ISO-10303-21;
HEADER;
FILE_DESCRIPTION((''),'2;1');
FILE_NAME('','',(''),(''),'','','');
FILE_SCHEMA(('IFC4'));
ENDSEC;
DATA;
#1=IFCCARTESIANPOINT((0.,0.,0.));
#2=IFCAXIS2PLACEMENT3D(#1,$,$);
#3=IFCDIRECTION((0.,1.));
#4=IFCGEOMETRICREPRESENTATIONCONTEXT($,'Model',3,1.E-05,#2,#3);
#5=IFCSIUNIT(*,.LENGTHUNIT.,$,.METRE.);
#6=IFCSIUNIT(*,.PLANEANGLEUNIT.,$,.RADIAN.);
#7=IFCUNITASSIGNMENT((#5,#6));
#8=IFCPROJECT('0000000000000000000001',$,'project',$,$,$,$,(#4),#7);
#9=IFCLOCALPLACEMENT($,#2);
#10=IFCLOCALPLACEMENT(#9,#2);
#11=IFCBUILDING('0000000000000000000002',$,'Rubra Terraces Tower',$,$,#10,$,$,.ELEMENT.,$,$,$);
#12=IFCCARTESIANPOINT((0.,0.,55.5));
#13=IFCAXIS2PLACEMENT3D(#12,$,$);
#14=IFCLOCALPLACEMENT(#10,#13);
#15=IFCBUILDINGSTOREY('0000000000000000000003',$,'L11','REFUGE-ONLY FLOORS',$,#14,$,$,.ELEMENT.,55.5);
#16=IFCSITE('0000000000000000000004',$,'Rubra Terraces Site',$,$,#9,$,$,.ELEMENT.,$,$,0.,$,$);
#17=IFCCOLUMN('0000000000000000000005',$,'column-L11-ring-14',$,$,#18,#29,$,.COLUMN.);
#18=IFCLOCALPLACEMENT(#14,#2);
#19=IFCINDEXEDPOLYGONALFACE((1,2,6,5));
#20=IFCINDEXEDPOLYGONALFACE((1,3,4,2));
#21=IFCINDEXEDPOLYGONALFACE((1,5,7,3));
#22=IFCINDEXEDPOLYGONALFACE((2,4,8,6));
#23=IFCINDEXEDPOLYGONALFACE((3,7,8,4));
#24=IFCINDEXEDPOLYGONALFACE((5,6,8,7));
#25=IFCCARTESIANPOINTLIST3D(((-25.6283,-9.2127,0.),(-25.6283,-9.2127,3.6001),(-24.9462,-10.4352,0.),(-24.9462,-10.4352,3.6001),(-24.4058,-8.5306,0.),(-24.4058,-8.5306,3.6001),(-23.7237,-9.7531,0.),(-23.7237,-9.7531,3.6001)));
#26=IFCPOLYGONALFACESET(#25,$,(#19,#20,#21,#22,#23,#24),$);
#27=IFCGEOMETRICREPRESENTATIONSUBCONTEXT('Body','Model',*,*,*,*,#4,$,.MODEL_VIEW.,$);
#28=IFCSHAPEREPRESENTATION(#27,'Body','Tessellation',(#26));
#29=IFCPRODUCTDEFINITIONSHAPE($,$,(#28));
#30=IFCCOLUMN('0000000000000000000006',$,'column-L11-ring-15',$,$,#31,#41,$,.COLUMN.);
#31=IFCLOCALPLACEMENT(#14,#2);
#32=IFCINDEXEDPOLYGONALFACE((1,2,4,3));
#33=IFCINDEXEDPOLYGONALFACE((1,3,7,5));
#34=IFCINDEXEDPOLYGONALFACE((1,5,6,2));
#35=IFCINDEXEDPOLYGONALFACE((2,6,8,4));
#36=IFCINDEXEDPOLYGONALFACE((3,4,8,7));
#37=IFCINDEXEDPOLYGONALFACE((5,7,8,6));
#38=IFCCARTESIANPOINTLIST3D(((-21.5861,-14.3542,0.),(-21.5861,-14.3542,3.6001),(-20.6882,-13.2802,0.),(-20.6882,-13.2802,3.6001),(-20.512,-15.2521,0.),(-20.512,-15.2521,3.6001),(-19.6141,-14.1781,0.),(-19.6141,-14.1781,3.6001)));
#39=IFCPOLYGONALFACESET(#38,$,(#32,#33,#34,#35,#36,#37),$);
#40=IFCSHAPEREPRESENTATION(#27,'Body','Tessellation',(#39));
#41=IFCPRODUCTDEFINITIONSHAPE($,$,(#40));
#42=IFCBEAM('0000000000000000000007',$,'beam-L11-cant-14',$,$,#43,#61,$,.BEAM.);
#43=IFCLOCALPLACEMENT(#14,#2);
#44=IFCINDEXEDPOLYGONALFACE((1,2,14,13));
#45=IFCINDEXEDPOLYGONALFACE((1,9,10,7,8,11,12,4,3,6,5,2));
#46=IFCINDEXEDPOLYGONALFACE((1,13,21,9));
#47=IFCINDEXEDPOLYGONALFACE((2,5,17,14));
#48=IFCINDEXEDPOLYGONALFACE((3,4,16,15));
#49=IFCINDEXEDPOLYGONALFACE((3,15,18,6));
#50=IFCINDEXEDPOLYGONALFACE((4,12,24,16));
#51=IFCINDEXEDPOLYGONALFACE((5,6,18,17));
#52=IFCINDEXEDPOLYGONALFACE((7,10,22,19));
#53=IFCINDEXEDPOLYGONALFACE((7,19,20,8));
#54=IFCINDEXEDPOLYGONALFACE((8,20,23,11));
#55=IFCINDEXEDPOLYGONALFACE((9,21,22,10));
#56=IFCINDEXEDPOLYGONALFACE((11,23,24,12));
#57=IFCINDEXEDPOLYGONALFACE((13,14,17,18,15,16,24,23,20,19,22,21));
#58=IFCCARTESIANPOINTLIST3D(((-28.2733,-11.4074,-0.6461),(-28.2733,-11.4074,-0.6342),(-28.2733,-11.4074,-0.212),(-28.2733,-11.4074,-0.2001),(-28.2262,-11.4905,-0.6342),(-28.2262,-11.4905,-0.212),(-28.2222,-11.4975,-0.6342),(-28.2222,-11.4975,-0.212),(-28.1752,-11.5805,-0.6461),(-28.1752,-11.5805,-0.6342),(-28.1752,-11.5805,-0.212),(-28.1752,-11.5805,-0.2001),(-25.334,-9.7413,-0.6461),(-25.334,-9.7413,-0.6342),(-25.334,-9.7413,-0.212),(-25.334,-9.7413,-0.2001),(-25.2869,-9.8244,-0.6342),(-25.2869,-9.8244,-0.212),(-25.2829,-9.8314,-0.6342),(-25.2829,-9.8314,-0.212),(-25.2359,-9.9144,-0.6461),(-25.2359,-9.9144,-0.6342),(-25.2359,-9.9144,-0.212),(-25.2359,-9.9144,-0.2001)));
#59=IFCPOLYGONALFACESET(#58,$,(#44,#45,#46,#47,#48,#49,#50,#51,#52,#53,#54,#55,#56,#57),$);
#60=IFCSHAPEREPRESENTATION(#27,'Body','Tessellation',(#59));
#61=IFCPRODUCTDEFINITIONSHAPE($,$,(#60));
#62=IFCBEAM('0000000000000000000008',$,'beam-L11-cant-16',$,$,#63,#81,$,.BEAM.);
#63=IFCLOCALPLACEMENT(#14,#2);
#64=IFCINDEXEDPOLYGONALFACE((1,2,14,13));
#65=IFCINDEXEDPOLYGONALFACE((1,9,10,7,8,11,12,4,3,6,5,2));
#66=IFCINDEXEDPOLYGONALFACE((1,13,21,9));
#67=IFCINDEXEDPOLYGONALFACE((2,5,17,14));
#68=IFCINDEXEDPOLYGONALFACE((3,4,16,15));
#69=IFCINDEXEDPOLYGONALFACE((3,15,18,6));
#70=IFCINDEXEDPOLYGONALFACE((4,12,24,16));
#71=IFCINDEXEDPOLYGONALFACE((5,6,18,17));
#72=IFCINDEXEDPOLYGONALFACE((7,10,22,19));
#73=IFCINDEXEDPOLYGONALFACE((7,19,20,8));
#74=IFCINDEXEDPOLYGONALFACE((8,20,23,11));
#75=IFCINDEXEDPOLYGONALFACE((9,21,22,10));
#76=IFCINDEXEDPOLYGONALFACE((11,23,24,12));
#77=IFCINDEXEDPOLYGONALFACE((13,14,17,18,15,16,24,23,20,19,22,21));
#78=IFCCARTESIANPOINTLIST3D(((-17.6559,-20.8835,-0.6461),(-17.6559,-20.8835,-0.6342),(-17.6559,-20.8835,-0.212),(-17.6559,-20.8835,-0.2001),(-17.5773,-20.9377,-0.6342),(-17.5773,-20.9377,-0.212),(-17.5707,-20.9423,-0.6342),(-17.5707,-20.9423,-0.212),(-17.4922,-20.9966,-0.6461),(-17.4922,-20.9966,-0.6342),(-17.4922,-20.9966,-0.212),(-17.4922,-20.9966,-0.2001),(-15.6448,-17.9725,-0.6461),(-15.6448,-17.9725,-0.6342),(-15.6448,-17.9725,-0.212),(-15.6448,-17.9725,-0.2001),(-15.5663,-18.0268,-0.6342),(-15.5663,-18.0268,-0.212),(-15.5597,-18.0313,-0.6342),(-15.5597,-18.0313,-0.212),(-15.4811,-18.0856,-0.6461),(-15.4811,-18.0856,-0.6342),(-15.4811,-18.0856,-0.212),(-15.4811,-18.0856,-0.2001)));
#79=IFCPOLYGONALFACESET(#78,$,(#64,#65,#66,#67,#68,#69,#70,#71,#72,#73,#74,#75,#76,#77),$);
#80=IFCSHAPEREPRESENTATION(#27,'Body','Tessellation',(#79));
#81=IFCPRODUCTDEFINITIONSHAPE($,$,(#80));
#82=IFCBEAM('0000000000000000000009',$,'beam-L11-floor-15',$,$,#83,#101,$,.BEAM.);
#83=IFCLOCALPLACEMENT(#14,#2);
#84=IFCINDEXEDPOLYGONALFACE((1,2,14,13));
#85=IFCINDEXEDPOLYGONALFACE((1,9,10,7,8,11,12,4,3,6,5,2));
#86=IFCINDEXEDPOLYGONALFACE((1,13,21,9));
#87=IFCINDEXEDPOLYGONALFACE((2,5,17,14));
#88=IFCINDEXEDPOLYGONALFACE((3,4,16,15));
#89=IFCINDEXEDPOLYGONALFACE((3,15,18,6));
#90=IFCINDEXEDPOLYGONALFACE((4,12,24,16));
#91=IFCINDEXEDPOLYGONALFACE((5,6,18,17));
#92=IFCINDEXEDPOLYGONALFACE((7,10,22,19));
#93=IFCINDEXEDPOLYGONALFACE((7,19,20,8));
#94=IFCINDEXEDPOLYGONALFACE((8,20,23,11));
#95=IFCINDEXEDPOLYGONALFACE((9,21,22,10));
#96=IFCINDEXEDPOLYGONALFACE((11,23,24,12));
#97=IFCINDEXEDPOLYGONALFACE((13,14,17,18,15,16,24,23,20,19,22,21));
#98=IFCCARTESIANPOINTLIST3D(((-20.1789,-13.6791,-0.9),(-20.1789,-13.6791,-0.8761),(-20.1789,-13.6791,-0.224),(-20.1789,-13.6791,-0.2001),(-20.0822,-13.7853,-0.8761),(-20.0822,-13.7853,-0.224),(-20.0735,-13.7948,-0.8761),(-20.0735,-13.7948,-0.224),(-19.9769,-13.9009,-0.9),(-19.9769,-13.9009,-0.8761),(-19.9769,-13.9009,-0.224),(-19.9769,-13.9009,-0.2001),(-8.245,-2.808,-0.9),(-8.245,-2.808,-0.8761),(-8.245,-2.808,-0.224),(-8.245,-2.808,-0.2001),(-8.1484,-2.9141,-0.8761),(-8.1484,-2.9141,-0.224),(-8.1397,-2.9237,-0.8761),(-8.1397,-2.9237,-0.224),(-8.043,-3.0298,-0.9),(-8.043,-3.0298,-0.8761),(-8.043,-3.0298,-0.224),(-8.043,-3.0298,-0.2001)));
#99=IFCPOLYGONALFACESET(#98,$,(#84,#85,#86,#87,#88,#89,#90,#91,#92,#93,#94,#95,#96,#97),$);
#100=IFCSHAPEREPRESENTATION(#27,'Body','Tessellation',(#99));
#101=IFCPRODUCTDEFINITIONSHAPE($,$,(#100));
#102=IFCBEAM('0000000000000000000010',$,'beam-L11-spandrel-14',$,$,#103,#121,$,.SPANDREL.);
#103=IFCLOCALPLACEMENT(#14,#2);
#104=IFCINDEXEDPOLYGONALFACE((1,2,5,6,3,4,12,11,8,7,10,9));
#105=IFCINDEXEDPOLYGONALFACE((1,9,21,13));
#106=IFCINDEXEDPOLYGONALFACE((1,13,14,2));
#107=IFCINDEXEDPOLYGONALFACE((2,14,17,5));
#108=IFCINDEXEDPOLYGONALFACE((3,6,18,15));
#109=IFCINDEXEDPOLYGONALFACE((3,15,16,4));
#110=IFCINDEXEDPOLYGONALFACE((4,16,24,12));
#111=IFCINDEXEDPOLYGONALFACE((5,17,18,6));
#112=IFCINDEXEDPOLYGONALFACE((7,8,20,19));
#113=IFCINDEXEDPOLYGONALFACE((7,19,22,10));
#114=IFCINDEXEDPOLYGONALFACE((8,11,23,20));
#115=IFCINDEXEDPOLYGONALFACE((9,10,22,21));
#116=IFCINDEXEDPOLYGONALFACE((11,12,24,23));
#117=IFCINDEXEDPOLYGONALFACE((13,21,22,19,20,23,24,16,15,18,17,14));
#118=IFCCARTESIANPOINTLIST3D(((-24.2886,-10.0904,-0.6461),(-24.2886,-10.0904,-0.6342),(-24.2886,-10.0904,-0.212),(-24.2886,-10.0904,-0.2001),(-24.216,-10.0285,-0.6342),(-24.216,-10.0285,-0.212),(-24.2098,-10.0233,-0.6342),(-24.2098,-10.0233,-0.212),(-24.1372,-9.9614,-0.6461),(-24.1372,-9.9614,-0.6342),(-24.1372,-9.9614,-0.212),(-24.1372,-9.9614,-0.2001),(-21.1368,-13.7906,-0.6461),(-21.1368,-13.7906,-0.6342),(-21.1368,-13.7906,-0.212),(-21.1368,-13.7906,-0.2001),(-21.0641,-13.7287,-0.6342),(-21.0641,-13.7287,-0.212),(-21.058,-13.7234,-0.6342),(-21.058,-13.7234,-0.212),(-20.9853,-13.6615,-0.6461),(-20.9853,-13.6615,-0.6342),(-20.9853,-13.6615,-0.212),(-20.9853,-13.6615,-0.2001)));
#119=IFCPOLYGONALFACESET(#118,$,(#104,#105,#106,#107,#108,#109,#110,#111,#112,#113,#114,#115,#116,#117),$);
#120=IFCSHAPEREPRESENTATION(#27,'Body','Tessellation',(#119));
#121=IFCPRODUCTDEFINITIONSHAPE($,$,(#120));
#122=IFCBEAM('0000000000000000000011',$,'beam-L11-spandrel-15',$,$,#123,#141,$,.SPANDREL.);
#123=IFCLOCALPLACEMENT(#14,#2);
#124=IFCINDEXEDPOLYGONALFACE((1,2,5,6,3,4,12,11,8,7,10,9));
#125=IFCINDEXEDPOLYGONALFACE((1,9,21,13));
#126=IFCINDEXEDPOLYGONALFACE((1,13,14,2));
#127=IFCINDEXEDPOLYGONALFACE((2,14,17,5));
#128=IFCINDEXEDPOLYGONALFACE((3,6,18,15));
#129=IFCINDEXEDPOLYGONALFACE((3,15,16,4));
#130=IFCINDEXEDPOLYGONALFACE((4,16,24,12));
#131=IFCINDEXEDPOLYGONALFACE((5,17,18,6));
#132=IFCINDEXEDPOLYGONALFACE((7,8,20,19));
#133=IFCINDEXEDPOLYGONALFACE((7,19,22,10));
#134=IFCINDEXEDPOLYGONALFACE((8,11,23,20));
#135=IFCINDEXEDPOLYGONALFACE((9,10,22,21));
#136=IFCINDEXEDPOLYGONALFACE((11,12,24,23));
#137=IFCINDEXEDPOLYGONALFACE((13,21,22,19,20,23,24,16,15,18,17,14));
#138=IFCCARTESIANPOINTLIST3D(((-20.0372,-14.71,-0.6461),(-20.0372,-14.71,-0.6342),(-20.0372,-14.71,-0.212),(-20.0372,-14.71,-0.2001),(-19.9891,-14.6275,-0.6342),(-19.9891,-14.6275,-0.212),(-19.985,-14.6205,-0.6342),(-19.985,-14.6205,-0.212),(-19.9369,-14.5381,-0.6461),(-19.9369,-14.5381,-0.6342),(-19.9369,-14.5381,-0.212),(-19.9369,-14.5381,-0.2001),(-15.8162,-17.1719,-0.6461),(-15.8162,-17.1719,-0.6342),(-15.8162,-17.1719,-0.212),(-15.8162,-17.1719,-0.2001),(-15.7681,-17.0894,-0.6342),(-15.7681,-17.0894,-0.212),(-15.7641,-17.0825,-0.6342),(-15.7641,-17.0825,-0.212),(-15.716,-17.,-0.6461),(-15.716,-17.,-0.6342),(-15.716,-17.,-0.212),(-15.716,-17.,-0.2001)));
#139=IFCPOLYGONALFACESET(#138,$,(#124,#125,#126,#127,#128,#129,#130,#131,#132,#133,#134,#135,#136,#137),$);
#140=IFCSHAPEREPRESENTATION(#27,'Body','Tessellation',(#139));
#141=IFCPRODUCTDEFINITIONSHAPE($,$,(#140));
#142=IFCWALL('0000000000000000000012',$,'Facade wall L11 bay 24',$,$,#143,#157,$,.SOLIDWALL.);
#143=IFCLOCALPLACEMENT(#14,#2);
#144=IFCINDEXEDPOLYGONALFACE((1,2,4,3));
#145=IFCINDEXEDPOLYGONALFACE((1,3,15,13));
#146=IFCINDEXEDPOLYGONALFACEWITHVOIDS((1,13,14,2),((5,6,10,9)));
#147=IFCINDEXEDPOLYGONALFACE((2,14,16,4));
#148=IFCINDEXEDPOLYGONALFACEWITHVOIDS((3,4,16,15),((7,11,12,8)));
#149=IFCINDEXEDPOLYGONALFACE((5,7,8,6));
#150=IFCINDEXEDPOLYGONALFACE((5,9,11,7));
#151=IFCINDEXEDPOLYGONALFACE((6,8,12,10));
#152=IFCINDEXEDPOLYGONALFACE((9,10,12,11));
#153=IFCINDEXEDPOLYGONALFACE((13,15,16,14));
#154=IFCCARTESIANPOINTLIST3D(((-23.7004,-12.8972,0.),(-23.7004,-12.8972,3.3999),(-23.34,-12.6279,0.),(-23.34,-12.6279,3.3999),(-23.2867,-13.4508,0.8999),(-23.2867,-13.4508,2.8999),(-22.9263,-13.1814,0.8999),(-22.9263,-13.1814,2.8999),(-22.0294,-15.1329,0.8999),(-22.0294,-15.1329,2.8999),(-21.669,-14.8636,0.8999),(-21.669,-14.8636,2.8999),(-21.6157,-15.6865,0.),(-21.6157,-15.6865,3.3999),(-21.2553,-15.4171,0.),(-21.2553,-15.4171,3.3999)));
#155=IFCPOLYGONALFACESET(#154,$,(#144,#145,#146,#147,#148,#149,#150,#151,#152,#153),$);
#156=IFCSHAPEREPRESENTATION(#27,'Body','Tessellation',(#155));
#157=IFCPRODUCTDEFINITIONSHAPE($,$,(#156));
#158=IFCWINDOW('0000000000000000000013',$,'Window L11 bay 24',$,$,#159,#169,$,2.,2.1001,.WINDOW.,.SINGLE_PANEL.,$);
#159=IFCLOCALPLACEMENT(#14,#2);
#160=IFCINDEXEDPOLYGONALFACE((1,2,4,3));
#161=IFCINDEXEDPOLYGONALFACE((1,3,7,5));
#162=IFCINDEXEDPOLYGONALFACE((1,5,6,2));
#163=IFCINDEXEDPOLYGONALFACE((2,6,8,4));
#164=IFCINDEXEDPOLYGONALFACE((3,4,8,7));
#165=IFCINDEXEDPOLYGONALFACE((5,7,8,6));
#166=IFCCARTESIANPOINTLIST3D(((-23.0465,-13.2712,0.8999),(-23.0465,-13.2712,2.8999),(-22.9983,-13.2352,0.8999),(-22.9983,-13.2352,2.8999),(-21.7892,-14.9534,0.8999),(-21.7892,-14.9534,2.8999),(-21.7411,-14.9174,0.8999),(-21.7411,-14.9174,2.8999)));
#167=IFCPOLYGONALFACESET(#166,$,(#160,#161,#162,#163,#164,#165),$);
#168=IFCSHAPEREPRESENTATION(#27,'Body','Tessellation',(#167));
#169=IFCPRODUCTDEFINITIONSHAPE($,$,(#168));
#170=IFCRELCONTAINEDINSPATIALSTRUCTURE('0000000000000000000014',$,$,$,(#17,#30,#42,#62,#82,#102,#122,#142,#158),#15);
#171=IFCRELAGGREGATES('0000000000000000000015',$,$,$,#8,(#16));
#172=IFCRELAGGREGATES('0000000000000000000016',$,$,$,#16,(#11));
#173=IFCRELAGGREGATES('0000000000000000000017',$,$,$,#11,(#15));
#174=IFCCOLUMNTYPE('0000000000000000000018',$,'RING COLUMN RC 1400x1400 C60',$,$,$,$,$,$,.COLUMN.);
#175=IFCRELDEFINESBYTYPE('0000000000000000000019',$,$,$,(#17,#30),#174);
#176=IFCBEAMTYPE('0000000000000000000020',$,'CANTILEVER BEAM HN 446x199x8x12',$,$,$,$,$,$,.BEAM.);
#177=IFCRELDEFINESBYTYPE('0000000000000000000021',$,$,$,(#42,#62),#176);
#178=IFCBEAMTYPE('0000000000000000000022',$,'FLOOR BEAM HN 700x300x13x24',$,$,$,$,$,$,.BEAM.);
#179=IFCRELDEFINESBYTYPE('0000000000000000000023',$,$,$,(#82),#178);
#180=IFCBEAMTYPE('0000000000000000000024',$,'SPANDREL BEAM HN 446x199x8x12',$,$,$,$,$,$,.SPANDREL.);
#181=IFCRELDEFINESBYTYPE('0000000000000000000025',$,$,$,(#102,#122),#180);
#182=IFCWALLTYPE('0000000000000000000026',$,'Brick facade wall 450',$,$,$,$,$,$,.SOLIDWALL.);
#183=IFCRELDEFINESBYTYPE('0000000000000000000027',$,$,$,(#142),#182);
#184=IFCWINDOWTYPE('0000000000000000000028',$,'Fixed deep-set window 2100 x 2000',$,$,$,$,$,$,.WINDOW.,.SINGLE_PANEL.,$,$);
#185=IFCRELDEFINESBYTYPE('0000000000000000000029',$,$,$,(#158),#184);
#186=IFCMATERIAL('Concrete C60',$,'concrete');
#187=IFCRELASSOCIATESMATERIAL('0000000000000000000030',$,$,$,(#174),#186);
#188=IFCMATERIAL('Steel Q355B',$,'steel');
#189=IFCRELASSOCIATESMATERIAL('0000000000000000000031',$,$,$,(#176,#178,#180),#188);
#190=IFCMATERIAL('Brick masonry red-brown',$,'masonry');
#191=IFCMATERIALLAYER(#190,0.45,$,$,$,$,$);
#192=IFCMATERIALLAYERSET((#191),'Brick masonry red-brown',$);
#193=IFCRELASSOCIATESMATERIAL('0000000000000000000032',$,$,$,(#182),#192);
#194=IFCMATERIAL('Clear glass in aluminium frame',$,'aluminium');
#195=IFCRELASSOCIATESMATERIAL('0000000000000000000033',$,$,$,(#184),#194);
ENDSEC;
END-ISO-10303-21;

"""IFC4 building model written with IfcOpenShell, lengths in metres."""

from ifc_helpers import new_model, si_unit, direction, frame, frame_2d, origin, origin_2d, place, context, subcontext, project, spatial, rectangle, i_section, extrude, material, layer, layer_set, material_profile, profile_set, type_object, element, fill, save


model = new_model("IFC4")

# Units and contexts
model_context = context("Model", 3, precision=1e-05, world=origin(), true_north=direction((0.0, 1.0)))
body_context = subcontext(model_context, "Body", "Model", "MODEL_VIEW")
ifc_project = project(units=[si_unit("LENGTHUNIT", "METRE"), si_unit("PLANEANGLEUNIT", "RADIAN")], contexts=[model_context])

# Site, building, storey
site_placement = place(None, origin())
site = spatial("IfcSite", under=ifc_project, at=site_placement, Name="Rubra Terraces Site", CompositionType="ELEMENT", RefElevation=0.0)
building_placement = place(site_placement, origin())
building = spatial("IfcBuilding", under=site, at=building_placement, Name="Rubra Terraces Tower", CompositionType="ELEMENT")
storey_placement = place(building_placement, frame((0.0, 0.0, 55.5)))
storey = spatial("IfcBuildingStorey", under=building, at=storey_placement, Name="L11", Description="REFUGE-ONLY FLOORS", CompositionType="ELEMENT", Elevation=55.5)

# Columns
ifc_material_1 = material(Name="Concrete C60", Category="concrete")
ifc_material_profile_1 = material_profile(ifc_material_1, rectangle(XDim=1.3999, YDim=1.3999, at=origin_2d()), Name="RC 1400x1400")
ifc_profile_set_1 = profile_set([ifc_material_profile_1], Name="Concrete C60")
column_type = type_object("IfcColumnType", Name="RING COLUMN RC 1400x1400 C60", PredefinedType="COLUMN", material=ifc_profile_set_1)
for number, where, z_axis, x_axis, name in (
    (1, (-24.676, -9.4829, 0.0), (0.0, 0.0, 1.0), (0.487227, -0.873276, 0.0), "column-L11-ring-14"),
    (2, (-20.6001, -14.2661, 0.0), (0.0, 0.0, 1.0), (0.76721, -0.641397, 0.0), "column-L11-ring-15"),
):
    element("IfcColumn", number, at=place(storey_placement, frame(where, z_axis=z_axis, x_axis=x_axis)), inside=storey, type_object=column_type, Name=name, PredefinedType="COLUMN", context=body_context, shape_type="SweptSolid", body=[
        extrude(rectangle(XDim=1.3999, YDim=1.3999, at=origin_2d()), origin(), (0.0, 0.0, 1.0), 3.6001),
    ])

# Beams
ifc_material_2 = material(Name="Steel Q355B", Category="steel")
ifc_material_profile_2 = material_profile(ifc_material_2, i_section(OverallWidth=0.199, OverallDepth=0.446, WebThickness=0.0081, FlangeThickness=0.012, at=origin_2d()), Name="HN 446x199x8x12")
ifc_profile_set_2 = profile_set([ifc_material_profile_2], Name="Steel Q355B")
beam_type_1 = type_object("IfcBeamType", Name="CANTILEVER BEAM HN 446x199x8x12", PredefinedType="BEAM", material=ifc_profile_set_2)
beam_1_placement = place(storey_placement, frame((-25.2849, -9.8279, -0.4231), z_axis=(-0.869963, -0.493116, 0.0), x_axis=(0.493116, -0.869963, 0.0)))
element("IfcBeam", 3, at=beam_1_placement, inside=storey, type_object=beam_type_1, Name="beam-L11-cant-14", PredefinedType="BEAM", context=body_context, shape_type="SweptSolid", body=[
    extrude(i_section(OverallWidth=0.199, OverallDepth=0.446, WebThickness=0.0081, FlangeThickness=0.012, at=origin_2d()), origin(), (0.0, 0.0, 1.0), 3.3787),
])
beam_2_placement = place(storey_placement, frame((-15.563, -18.0291, -0.4231), z_axis=(-0.568399, -0.822753, 0.0), x_axis=(0.822753, -0.568399, 0.0)))
element("IfcBeam", 4, at=beam_2_placement, inside=storey, type_object=beam_type_1, Name="beam-L11-cant-16", PredefinedType="BEAM", context=body_context, shape_type="SweptSolid", body=[
    extrude(i_section(OverallWidth=0.199, OverallDepth=0.446, WebThickness=0.0081, FlangeThickness=0.012, at=origin_2d()), origin(), (0.0, 0.0, 1.0), 3.5381),
])
ifc_material_profile_3 = material_profile(ifc_material_2, i_section(OverallWidth=0.3, OverallDepth=0.7, WebThickness=0.0129, FlangeThickness=0.0239, at=origin_2d()), Name="HN 700x300x13x24")
ifc_profile_set_3 = profile_set([ifc_material_profile_3], Name="Steel Q355B")
beam_type_2 = type_object("IfcBeamType", Name="FLOOR BEAM HN 700x300x13x24", PredefinedType="BEAM", material=ifc_profile_set_3)
beam_3_placement = place(storey_placement, frame((-20.0779, -13.79, -0.55), z_axis=(0.739257, 0.673424, 0.0), x_axis=(-0.673424, 0.739257, 0.0)))
element("IfcBeam", 5, at=beam_3_placement, inside=storey, type_object=beam_type_2, Name="beam-L11-floor-15", PredefinedType="BEAM", context=body_context, shape_type="SweptSolid", body=[
    extrude(i_section(OverallWidth=0.3, OverallDepth=0.7, WebThickness=0.0129, FlangeThickness=0.0239, at=origin_2d()), origin(), (0.0, 0.0, 1.0), 16.1431),
])
ifc_material_profile_4 = material_profile(ifc_material_2, i_section(OverallWidth=0.199, OverallDepth=0.446, WebThickness=0.0081, FlangeThickness=0.012, at=origin_2d()), Name="HN 446x199x8x12")
ifc_profile_set_4 = profile_set([ifc_material_profile_4], Name="Steel Q355B")
beam_type_3 = type_object("IfcBeamType", Name="SPANDREL BEAM HN 446x199x8x12", PredefinedType="SPANDREL", material=ifc_profile_set_4)
beam_4_placement = place(storey_placement, frame((-24.2129, -10.0259, -0.4231), z_axis=(0.648447, -0.76126, 0.0), x_axis=(0.76126, 0.648447, 0.0)))
element("IfcBeam", 6, at=beam_4_placement, inside=storey, type_object=beam_type_3, Name="beam-L11-spandrel-14", PredefinedType="SPANDREL", context=body_context, shape_type="SweptSolid", body=[
    extrude(i_section(OverallWidth=0.199, OverallDepth=0.446, WebThickness=0.0081, FlangeThickness=0.012, at=origin_2d()), origin(), (0.0, 0.0, 1.0), 4.8606),
])
beam_5_placement = place(storey_placement, frame((-19.9871, -14.624, -0.4231), z_axis=(0.863806, -0.503824, 0.0), x_axis=(0.503824, 0.863806, 0.0)))
element("IfcBeam", 7, at=beam_5_placement, inside=storey, type_object=beam_type_3, Name="beam-L11-spandrel-15", PredefinedType="SPANDREL", context=body_context, shape_type="SweptSolid", body=[
    extrude(i_section(OverallWidth=0.199, OverallDepth=0.446, WebThickness=0.0081, FlangeThickness=0.012, at=origin_2d()), origin(), (0.0, 0.0, 1.0), 4.8865),
])

# Wall, opening, window
ifc_material_3 = material(Name="Brick masonry red-brown", Category="masonry")
ifc_layer_1 = layer(ifc_material_3, 0.45)
ifc_layer_set_1 = layer_set([ifc_layer_1], Name="Brick masonry red-brown")
wall_type_1 = type_object("IfcWallType", Name="Brick facade wall 450", PredefinedType="SOLIDWALL", material=ifc_layer_set_1)
wall_1_placement = place(storey_placement, frame((-23.5203, -12.7625, 0.0), z_axis=(0.0, 0.0, 1.0), x_axis=(0.598664, -0.801, 0.0)))
wall_1 = element("IfcWall", 8, at=wall_1_placement, inside=storey, type_object=wall_type_1, Name="Facade wall L11 bay 24", PredefinedType="SOLIDWALL", context=body_context, shape_type="SweptSolid", body=[
    extrude(rectangle(XDim=3.4822, YDim=0.45, at=frame_2d((1.7412, 0.0))), origin(), (0.0, 0.0, 1.0), 3.3999),
])
opening_1_placement = place(wall_1_placement, frame((0.6912, 0.0, 0.8999)))
opening_1 = element("IfcOpeningElement", 9, at=opening_1_placement, cuts=wall_1, PredefinedType="OPENING", context=body_context, shape_type="SweptSolid", body=[
    extrude(rectangle(XDim=2.1001, YDim=2.0, at=frame_2d((1.05, 1.0))), frame((0.0, 0.2349, 0.0), z_axis=(0.0, -1.0, 0.0), x_axis=(1.0, 0.0, 0.0)), (0.0, 0.0, 1.0), 0.47),
])
ifc_material_4 = material(Name="Clear glass in aluminium frame", Category="aluminium")
window_type = type_object("IfcWindowType", Name="Fixed deep-set window 2100 x 2000", PartitioningType="SINGLE_PANEL", PredefinedType="WINDOW", material=ifc_material_4)
window_1_placement = place(opening_1_placement, origin())
window_1 = element("IfcWindow", 10, at=window_1_placement, inside=storey, type_object=window_type, Name="Window L11 bay 24", OverallHeight=2.0, OverallWidth=2.1001, PartitioningType="SINGLE_PANEL", PredefinedType="WINDOW", context=body_context, shape_type="SweptSolid", body=[
    extrude(rectangle(XDim=2.1001, YDim=2.0, at=frame_2d((1.05, 1.0))), frame((0.0, 0.135, 0.0), z_axis=(0.0, -1.0, 0.0), x_axis=(1.0, 0.0, 0.0)), (0.0, 0.0, 1.0), 0.0601),
])
fill(opening_1, window_1)

save(model, "model.ifc")
